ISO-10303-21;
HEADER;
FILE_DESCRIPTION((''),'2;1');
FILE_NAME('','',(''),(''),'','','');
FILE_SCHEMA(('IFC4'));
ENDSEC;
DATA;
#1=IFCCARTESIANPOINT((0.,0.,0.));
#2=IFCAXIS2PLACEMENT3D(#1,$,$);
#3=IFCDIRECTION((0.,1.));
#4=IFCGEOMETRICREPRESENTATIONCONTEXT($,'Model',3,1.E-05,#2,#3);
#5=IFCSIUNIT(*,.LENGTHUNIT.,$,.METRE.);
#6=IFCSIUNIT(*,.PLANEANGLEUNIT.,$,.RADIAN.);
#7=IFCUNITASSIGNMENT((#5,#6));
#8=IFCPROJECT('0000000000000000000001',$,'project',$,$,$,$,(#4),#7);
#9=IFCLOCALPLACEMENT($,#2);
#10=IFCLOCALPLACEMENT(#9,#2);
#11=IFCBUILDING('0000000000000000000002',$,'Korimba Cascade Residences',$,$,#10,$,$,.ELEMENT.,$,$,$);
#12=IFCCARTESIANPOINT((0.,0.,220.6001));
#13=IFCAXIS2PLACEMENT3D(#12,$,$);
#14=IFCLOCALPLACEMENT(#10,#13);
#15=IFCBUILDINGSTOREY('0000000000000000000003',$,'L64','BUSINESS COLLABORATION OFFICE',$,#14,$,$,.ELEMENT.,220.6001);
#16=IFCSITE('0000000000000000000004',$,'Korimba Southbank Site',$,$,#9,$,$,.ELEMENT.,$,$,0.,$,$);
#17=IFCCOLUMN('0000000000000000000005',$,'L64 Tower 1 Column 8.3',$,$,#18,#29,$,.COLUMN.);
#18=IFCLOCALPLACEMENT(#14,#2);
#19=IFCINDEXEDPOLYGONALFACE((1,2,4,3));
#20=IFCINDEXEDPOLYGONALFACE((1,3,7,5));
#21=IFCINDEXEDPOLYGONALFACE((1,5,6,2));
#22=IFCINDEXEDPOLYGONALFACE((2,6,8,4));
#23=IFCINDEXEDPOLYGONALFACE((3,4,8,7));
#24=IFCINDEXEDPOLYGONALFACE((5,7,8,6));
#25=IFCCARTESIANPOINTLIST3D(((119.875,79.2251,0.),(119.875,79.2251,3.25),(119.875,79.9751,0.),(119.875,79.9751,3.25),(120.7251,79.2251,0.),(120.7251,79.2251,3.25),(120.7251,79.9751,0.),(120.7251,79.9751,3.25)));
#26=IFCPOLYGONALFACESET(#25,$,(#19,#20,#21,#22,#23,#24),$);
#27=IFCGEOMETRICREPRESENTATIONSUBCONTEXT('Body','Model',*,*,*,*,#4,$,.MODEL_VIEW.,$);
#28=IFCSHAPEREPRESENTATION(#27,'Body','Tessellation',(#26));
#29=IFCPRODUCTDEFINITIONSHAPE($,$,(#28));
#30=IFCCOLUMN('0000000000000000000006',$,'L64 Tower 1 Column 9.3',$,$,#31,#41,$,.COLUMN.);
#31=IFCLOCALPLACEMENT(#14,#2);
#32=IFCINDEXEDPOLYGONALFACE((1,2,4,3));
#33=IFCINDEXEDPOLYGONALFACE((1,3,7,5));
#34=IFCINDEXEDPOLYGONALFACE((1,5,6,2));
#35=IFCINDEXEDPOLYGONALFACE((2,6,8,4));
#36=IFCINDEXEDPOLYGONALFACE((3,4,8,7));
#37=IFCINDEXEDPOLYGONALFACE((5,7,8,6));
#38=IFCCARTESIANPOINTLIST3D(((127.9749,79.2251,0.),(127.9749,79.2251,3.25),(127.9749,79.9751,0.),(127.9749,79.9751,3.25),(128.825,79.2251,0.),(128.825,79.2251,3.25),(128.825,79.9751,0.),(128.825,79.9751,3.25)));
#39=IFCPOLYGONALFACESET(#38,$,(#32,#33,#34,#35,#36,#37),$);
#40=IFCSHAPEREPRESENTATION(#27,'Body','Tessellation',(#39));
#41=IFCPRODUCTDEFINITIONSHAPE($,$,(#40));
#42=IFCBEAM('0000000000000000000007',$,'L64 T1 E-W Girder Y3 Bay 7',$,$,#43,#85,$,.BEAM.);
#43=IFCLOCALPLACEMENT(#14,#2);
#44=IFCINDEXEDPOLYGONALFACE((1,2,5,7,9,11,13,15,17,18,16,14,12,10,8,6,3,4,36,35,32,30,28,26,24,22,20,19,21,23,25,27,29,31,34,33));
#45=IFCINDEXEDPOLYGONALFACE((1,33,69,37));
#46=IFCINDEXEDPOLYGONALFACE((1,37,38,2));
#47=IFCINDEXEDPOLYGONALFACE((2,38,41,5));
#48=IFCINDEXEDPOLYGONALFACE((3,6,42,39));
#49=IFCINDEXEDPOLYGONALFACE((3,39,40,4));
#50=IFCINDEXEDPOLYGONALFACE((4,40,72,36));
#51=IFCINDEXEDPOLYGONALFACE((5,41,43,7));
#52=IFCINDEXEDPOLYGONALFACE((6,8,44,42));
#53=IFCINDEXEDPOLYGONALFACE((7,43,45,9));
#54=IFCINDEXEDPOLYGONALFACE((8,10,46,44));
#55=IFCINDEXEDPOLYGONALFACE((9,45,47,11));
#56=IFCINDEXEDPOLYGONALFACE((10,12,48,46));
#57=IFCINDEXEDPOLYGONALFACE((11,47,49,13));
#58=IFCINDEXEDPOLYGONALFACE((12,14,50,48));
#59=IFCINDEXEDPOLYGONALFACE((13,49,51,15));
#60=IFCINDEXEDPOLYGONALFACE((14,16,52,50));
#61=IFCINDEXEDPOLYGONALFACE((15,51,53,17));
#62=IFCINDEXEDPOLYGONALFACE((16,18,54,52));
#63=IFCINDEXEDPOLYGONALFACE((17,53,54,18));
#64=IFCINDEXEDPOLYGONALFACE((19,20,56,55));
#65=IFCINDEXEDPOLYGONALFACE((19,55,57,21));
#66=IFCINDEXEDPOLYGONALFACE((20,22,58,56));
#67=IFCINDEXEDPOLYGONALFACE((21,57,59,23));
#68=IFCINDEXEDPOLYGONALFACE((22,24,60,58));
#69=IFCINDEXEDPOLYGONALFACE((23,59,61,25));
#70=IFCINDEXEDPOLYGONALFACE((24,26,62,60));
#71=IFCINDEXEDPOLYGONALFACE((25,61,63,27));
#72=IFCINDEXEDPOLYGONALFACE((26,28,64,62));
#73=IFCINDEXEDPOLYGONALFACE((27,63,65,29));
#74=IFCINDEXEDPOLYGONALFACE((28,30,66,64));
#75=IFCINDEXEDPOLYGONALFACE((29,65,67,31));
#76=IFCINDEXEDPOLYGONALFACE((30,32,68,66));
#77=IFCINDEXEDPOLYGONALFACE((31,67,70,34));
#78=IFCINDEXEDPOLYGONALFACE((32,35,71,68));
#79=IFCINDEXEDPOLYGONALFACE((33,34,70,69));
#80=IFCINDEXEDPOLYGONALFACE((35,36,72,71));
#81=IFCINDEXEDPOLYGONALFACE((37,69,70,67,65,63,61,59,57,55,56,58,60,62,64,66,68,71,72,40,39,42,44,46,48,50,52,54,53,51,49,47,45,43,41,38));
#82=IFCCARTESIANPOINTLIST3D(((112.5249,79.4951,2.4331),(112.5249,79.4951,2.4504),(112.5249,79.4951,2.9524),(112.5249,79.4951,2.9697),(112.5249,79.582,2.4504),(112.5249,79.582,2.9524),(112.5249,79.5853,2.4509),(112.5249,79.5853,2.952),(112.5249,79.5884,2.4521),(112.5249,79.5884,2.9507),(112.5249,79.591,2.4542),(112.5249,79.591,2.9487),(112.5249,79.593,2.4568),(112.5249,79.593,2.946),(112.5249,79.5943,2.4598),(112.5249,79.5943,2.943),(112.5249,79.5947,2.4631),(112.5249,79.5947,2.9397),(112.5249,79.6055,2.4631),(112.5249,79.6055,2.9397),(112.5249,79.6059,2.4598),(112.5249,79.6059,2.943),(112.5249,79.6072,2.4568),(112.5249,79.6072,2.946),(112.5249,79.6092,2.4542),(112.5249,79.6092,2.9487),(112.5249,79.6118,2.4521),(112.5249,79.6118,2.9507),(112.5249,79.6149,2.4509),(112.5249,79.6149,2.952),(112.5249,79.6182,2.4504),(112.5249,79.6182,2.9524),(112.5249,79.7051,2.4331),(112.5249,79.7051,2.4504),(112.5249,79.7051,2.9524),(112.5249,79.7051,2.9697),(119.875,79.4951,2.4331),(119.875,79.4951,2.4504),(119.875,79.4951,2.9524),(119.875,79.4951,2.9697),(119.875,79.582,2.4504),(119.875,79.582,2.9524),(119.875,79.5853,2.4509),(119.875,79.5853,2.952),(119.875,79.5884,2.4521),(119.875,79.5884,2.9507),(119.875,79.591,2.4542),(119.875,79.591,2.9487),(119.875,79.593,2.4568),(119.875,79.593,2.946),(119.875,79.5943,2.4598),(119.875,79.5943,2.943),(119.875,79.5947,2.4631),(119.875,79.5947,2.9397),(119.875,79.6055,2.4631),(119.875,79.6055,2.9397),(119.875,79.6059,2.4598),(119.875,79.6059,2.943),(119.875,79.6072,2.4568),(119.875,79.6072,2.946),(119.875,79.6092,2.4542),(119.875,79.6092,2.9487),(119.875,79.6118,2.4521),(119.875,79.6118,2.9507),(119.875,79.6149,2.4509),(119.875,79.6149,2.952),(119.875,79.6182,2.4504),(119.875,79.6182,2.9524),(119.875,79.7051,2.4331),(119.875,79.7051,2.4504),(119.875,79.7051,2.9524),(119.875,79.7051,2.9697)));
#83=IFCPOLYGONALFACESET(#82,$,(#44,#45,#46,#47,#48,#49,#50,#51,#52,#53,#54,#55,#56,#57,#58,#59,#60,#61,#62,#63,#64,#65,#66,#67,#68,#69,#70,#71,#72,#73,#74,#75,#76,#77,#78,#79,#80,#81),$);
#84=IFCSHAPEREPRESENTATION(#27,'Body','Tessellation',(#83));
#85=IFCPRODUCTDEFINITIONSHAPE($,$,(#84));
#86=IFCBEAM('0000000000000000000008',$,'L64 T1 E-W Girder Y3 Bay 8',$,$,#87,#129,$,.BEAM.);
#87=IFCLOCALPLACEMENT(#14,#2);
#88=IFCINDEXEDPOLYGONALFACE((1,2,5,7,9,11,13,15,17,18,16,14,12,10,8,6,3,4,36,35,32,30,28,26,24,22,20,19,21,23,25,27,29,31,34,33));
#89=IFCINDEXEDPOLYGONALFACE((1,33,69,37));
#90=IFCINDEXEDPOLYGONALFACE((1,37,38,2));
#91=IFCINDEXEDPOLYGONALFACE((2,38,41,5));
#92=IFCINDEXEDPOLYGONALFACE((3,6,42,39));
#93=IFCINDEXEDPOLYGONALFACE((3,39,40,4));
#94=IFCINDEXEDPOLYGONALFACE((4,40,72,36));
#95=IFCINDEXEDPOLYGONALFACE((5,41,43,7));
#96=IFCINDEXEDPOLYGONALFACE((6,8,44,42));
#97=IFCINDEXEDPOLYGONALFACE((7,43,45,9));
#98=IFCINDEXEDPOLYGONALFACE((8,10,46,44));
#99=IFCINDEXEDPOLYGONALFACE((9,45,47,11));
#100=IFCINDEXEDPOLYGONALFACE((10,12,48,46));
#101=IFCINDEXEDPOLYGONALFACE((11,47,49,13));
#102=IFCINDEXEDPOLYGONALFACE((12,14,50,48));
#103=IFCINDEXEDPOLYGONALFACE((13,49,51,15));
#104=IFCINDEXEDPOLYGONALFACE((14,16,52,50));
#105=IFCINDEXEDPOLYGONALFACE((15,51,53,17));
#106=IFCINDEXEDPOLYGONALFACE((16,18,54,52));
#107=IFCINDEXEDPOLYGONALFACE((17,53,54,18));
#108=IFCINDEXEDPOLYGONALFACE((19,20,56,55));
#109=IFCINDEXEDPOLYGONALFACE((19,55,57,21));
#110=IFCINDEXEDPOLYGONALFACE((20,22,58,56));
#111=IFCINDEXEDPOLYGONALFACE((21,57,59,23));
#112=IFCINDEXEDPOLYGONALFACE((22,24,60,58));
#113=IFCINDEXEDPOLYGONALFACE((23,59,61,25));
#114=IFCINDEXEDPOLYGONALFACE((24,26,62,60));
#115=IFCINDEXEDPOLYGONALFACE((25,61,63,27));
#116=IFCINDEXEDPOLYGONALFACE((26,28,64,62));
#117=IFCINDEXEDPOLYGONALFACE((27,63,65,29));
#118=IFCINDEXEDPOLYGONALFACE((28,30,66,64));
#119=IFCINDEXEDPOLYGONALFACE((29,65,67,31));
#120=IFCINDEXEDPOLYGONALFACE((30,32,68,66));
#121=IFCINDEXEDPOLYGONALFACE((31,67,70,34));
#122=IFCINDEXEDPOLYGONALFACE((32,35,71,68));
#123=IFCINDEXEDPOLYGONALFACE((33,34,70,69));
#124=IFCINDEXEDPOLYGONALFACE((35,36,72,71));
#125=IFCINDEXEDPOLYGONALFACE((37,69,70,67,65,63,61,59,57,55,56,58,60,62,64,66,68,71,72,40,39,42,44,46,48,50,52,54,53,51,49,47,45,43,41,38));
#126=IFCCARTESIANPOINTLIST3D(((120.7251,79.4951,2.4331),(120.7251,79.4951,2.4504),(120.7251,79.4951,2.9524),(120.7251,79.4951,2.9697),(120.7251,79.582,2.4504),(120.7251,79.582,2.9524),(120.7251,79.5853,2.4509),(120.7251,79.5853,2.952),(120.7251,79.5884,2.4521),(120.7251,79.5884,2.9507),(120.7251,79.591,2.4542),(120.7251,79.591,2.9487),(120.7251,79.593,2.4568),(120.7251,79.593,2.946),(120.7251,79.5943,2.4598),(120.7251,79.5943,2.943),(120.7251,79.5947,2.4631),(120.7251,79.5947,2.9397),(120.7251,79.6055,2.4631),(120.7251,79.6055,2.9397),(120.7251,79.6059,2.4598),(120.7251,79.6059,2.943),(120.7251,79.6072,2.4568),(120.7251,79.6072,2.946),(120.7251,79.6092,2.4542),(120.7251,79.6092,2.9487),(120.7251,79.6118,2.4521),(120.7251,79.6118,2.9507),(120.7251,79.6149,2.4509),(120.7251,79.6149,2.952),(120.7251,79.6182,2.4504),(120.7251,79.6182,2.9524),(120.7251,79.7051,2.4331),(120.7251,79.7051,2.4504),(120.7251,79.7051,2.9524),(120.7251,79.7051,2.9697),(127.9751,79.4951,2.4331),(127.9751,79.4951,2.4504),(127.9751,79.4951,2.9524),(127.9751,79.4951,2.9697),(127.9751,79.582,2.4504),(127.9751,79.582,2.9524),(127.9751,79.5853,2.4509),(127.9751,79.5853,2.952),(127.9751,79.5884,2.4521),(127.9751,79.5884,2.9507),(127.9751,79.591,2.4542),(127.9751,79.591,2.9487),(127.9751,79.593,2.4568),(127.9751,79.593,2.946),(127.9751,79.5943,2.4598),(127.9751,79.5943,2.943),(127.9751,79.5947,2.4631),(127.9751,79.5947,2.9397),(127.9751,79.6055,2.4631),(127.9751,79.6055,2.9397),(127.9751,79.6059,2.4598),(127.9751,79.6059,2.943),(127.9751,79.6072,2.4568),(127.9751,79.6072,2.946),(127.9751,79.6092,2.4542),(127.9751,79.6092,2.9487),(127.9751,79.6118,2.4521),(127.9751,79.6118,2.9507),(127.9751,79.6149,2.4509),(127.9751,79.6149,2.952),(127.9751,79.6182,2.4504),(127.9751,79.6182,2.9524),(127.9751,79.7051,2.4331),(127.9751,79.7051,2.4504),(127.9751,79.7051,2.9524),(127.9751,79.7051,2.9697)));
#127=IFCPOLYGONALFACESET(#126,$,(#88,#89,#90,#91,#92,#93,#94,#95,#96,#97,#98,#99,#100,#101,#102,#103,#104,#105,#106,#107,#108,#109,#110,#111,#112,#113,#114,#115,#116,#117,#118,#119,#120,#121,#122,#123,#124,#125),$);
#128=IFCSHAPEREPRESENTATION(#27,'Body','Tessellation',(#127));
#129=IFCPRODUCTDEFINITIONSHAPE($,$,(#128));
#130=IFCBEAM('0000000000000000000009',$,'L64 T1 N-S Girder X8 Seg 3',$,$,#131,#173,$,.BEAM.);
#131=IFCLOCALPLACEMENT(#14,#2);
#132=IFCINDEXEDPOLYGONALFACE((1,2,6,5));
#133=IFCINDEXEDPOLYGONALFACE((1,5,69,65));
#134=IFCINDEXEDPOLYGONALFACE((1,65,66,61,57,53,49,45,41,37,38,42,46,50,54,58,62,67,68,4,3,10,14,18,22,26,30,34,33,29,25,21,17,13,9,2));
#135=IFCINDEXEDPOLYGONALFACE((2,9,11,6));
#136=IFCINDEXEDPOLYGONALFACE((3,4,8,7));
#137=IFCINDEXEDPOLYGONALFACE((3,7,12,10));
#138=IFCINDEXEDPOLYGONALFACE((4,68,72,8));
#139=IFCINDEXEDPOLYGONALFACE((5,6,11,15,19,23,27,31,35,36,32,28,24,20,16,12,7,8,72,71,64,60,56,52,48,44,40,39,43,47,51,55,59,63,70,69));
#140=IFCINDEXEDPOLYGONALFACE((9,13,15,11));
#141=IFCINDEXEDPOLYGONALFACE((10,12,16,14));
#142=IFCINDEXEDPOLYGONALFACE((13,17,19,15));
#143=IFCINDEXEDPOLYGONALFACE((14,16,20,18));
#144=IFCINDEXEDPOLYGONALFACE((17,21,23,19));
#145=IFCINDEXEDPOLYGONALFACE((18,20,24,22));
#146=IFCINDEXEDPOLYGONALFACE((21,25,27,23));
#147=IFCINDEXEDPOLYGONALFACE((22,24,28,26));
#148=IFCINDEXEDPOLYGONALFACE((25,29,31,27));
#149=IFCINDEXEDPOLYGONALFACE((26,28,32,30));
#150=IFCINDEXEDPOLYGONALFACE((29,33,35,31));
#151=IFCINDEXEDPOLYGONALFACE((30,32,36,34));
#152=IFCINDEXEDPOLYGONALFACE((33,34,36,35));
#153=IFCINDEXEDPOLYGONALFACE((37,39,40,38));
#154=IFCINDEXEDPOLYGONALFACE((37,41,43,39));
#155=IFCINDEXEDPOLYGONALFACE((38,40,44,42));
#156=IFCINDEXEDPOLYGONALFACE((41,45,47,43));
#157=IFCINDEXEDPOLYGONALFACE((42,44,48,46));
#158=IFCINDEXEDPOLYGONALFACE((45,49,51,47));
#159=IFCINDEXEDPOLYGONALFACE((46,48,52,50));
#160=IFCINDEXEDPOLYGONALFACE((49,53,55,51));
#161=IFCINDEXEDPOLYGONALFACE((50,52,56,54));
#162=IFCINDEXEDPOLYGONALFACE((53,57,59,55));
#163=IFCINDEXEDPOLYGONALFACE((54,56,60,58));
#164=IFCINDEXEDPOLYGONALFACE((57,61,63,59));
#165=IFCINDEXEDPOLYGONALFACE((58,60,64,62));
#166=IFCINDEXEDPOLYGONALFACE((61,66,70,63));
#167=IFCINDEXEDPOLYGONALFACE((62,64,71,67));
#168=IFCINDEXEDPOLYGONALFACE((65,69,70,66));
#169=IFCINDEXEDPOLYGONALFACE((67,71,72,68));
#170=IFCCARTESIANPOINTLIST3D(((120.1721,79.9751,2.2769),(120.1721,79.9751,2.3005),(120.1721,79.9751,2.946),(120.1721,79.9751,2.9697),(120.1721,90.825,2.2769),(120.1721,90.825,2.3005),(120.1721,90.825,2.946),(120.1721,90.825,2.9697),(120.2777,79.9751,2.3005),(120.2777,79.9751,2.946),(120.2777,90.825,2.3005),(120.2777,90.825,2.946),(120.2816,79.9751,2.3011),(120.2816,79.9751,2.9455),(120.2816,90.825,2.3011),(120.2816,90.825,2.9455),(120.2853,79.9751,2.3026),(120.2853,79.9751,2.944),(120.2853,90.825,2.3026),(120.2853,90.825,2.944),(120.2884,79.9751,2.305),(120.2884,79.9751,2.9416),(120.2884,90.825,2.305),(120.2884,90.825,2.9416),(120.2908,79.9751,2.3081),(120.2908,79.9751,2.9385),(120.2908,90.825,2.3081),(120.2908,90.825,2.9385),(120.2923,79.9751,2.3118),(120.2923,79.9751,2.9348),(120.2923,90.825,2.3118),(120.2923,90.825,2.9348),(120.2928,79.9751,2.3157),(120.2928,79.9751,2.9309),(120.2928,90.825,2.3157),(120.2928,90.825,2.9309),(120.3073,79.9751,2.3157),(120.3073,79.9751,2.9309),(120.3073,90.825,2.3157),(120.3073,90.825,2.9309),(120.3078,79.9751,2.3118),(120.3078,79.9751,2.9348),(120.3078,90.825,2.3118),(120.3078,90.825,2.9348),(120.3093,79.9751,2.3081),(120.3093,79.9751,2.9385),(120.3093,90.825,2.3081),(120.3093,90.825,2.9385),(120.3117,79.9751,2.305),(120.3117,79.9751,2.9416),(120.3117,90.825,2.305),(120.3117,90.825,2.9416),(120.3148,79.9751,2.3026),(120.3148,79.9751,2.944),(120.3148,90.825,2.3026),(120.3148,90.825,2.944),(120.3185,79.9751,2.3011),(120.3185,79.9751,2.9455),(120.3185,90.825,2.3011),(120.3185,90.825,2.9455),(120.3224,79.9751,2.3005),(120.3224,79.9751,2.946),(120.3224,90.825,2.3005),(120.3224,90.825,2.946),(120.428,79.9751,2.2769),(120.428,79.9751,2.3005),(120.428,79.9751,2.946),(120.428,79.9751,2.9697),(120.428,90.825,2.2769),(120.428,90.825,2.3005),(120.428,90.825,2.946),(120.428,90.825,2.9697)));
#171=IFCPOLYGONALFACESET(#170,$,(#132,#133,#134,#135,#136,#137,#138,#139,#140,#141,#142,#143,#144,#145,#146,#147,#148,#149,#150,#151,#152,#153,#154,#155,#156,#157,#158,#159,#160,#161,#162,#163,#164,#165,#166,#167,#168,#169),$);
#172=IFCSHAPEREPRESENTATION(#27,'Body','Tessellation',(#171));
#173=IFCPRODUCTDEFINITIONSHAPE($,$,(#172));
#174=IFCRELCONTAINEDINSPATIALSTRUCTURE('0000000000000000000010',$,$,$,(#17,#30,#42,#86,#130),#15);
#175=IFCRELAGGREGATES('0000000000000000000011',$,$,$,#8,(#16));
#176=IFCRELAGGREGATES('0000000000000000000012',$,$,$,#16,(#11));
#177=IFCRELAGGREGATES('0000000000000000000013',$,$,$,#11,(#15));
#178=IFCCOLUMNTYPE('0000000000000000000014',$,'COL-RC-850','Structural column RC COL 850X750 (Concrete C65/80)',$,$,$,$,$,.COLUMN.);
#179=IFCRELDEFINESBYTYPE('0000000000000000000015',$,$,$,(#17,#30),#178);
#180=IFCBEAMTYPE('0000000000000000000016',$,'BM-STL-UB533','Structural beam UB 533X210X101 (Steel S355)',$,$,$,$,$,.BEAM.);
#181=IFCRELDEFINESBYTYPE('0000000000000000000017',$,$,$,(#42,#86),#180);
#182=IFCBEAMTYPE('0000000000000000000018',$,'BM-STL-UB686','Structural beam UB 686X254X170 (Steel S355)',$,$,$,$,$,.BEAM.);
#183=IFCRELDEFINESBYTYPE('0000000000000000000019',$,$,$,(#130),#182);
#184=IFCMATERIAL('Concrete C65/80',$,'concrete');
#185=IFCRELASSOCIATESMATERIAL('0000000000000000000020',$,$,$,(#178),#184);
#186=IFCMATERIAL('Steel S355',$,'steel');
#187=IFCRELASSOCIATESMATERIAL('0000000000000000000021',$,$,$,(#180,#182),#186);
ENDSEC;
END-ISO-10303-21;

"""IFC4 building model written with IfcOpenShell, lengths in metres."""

from ifc_helpers import new_model, si_unit, direction, frame, origin, origin_2d, place, context, subcontext, project, spatial, rectangle, i_section, extrude, material, material_profile, profile_set, type_object, element, save


model = new_model("IFC4")

# Units and contexts
model_context = context("Model", 3, precision=1e-05, world=origin(), true_north=direction((0.0, 1.0)))
body_context = subcontext(model_context, "Body", "Model", "MODEL_VIEW")
ifc_project = project(units=[si_unit("LENGTHUNIT", "METRE"), si_unit("PLANEANGLEUNIT", "RADIAN")], contexts=[model_context])

# Site, building, storey
site_placement = place(None, origin())
site = spatial("IfcSite", under=ifc_project, at=site_placement, Name="Korimba Southbank Site", CompositionType="ELEMENT", RefElevation=0.0)
building_placement = place(site_placement, origin())
building = spatial("IfcBuilding", under=site, at=building_placement, Name="Korimba Cascade Residences", CompositionType="ELEMENT")
storey_placement = place(building_placement, frame((0.0, 0.0, 220.6001)))
storey = spatial("IfcBuildingStorey", under=building, at=storey_placement, Name="L64", Description="BUSINESS COLLABORATION OFFICE", CompositionType="ELEMENT", Elevation=220.6001)

# Columns
ifc_material_1 = material(Name="Concrete C65/80", Category="concrete")
ifc_material_profile_1 = material_profile(ifc_material_1, rectangle(XDim=0.8501, YDim=0.75, at=origin_2d()), Name="Concrete C65/80")
ifc_profile_set_1 = profile_set([ifc_material_profile_1], Name="Concrete C65/80")
column_type = type_object("IfcColumnType", Name="COL-RC-850", Description="Structural column RC COL 850X750 (Concrete C65/80)", PredefinedType="COLUMN", material=ifc_profile_set_1)
for number, where, z_axis, x_axis, name in (
    (1, (120.3, 79.6001, 0.0), (0.0, 0.0, 1.0), (1.0, 0.0, 0.0), "L64 Tower 1 Column 8.3"),
    (2, (128.3999, 79.6001, 0.0), (0.0, 0.0, 1.0), (1.0, 0.0, 0.0), "L64 Tower 1 Column 9.3"),
):
    element("IfcColumn", number, at=place(storey_placement, frame(where, z_axis=z_axis, x_axis=x_axis)), inside=storey, type_object=column_type, Name=name, PredefinedType="COLUMN", context=body_context, shape_type="SweptSolid", body=[
        extrude(rectangle(XDim=0.8501, YDim=0.75, at=origin_2d()), origin(), (0.0, 0.0, 1.0), 3.25),
    ])

# Beams
ifc_material_2 = material(Name="Steel S355", Category="steel")
ifc_material_profile_2 = material_profile(ifc_material_2, i_section(OverallWidth=0.21, OverallDepth=0.5366, WebThickness=0.0107, FlangeThickness=0.0173, FilletRadius=0.0127, at=origin_2d()), Name="Steel S355")
ifc_profile_set_2 = profile_set([ifc_material_profile_2], Name="Steel S355")
beam_type_1 = type_object("IfcBeamType", Name="BM-STL-UB533", Description="Structural beam UB 533X210X101 (Steel S355)", PredefinedType="BEAM", material=ifc_profile_set_2)
beam_1_placement = place(storey_placement, frame((112.5249, 79.6001, 2.7014), z_axis=(1.0, 0.0, 0.0), x_axis=(0.0, 1.0, 0.0)))
element("IfcBeam", 3, at=beam_1_placement, inside=storey, type_object=beam_type_1, Name="L64 T1 E-W Girder Y3 Bay 7", PredefinedType="BEAM", context=body_context, shape_type="SweptSolid", body=[
    extrude(i_section(OverallWidth=0.21, OverallDepth=0.5366, WebThickness=0.0107, FlangeThickness=0.0173, FilletRadius=0.0127, at=origin_2d()), origin(), (0.0, 0.0, 1.0), 7.3501),
])
beam_2_placement = place(storey_placement, frame((120.7251, 79.6001, 2.7014), z_axis=(1.0, 0.0, 0.0), x_axis=(0.0, 1.0, 0.0)))
element("IfcBeam", 4, at=beam_2_placement, inside=storey, type_object=beam_type_1, Name="L64 T1 E-W Girder Y3 Bay 8", PredefinedType="BEAM", context=body_context, shape_type="SweptSolid", body=[
    extrude(i_section(OverallWidth=0.21, OverallDepth=0.5366, WebThickness=0.0107, FlangeThickness=0.0173, FilletRadius=0.0127, at=origin_2d()), origin(), (0.0, 0.0, 1.0), 7.25),
])
ifc_material_profile_3 = material_profile(ifc_material_2, i_section(OverallWidth=0.2559, OverallDepth=0.6929, WebThickness=0.0144, FlangeThickness=0.0237, FilletRadius=0.0151, at=origin_2d()), Name="Steel S355")
ifc_profile_set_3 = profile_set([ifc_material_profile_3], Name="Steel S355")
beam_type_2 = type_object("IfcBeamType", Name="BM-STL-UB686", Description="Structural beam UB 686X254X170 (Steel S355)", PredefinedType="BEAM", material=ifc_profile_set_3)
for number, where, z_axis, x_axis, name in (
    (5, (120.3, 79.9751, 2.6233), (0.0, 1.0, 0.0), (-1.0, 0.0, 0.0), "L64 T1 N-S Girder X8 Seg 3"),
):
    element("IfcBeam", number, at=place(storey_placement, frame(where, z_axis=z_axis, x_axis=x_axis)), inside=storey, type_object=beam_type_2, Name=name, PredefinedType="BEAM", context=body_context, shape_type="SweptSolid", body=[
        extrude(i_section(OverallWidth=0.2559, OverallDepth=0.6929, WebThickness=0.0144, FlangeThickness=0.0237, FilletRadius=0.0151, at=origin_2d()), origin(), (0.0, 0.0, 1.0), 10.8499),
    ])

save(model, "model.ifc")
